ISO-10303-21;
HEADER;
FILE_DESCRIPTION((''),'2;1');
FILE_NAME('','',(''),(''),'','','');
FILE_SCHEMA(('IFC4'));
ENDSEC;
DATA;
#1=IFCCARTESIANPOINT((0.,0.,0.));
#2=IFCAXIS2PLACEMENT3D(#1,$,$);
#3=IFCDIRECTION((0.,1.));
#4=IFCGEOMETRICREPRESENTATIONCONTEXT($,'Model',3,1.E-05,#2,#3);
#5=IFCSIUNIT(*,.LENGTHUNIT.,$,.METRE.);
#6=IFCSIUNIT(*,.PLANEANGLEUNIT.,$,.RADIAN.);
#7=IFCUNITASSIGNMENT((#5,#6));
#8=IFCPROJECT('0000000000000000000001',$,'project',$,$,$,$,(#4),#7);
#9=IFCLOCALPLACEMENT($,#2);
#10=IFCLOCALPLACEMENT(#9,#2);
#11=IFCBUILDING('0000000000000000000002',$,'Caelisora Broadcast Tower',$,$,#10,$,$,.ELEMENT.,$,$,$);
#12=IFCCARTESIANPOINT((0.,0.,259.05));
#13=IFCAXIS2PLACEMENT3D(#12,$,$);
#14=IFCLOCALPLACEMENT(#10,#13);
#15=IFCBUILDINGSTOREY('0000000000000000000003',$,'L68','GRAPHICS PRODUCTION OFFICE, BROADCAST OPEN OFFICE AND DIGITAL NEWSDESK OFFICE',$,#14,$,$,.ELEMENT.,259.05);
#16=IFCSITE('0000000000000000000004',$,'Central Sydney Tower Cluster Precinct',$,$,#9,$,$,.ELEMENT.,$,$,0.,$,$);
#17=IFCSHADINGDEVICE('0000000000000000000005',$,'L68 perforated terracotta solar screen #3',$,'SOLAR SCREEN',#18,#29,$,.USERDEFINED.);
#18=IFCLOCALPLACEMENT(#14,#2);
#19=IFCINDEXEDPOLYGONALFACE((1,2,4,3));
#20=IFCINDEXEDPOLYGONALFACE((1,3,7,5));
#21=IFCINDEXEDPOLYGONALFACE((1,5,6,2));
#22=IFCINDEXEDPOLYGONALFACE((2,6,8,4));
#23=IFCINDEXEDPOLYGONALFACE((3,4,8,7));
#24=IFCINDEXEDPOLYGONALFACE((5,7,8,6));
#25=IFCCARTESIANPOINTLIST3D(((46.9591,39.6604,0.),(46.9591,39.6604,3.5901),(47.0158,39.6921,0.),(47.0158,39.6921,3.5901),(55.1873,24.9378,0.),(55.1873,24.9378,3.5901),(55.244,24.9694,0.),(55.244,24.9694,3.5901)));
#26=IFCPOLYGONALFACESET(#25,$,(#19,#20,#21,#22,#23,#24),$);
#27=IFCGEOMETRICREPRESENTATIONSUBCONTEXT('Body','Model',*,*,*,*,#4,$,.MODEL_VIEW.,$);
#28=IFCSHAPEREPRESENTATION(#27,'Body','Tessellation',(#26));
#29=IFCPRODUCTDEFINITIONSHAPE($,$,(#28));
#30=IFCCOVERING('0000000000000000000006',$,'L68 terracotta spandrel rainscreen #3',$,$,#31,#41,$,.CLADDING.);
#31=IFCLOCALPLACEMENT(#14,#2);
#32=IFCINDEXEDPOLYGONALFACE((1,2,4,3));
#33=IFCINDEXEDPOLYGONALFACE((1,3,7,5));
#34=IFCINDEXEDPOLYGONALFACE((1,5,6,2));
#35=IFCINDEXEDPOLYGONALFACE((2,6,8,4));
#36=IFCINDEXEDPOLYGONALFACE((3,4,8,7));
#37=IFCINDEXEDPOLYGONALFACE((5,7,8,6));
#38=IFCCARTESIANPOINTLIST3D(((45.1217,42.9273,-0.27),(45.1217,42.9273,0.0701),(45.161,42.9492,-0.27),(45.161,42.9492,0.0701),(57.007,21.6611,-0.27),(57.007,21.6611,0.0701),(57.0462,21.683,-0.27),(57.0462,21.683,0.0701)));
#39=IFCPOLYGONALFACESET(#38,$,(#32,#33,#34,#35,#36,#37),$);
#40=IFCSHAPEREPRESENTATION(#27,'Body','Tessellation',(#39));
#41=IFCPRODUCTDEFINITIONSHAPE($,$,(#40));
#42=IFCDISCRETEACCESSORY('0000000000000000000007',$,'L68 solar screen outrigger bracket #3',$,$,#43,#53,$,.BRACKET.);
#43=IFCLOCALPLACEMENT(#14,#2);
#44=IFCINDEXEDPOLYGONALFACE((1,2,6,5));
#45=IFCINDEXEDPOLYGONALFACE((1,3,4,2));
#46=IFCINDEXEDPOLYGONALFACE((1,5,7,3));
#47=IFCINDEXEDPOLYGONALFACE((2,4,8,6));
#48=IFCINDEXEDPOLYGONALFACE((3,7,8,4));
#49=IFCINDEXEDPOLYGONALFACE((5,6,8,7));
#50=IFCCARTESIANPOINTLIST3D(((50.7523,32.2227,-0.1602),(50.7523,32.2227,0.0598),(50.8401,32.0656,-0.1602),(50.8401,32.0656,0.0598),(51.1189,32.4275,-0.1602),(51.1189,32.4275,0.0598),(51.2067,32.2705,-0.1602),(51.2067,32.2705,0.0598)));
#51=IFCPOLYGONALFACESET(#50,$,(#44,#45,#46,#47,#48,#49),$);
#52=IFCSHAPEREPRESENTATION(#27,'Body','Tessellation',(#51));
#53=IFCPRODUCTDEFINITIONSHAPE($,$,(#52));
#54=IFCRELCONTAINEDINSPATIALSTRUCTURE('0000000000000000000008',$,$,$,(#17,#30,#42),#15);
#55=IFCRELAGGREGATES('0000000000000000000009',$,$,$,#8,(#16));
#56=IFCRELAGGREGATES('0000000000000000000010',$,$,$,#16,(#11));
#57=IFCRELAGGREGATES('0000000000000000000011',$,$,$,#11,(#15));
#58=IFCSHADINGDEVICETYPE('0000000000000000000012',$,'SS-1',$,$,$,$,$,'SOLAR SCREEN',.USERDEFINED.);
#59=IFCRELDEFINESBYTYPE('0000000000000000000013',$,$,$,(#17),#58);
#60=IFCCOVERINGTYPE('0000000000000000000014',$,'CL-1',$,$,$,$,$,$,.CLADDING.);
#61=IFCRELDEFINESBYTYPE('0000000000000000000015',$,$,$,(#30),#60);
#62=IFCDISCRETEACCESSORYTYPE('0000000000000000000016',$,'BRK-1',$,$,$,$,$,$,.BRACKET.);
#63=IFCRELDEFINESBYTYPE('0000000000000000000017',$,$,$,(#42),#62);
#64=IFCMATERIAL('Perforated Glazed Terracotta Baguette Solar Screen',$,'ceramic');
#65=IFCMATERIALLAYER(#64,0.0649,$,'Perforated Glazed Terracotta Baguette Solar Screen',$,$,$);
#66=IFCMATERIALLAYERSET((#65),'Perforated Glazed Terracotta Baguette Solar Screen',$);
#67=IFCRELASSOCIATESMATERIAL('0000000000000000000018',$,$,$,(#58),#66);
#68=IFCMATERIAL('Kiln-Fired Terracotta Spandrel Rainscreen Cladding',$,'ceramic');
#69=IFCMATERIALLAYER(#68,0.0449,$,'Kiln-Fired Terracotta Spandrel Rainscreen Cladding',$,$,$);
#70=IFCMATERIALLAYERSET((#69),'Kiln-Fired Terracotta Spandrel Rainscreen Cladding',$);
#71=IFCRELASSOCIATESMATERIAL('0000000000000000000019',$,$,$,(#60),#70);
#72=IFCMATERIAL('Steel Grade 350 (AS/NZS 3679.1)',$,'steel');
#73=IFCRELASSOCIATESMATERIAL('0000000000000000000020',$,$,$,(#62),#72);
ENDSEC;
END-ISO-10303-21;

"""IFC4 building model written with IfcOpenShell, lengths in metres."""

from ifc_helpers import new_model, si_unit, direction, frame, origin, origin_2d, place, context, subcontext, project, spatial, rectangle, extrude, source, transform, mapped, material, layer, layer_set, type_object, type_shapes, element, save


model = new_model("IFC4")

# Units and contexts
model_context = context("Model", 3, precision=1e-05, world=origin(), true_north=direction((0.0, 1.0)))
body_context = subcontext(model_context, "Body", "Model", "MODEL_VIEW")
ifc_project = project(units=[si_unit("LENGTHUNIT", "METRE"), si_unit("PLANEANGLEUNIT", "RADIAN")], contexts=[model_context])

# Site, building, storey
site_placement = place(None, origin())
site = spatial("IfcSite", under=ifc_project, at=site_placement, Name="Central Sydney Tower Cluster Precinct", CompositionType="ELEMENT", RefElevation=0.0)
building_placement = place(site_placement, origin())
building = spatial("IfcBuilding", under=site, at=building_placement, Name="Caelisora Broadcast Tower", CompositionType="ELEMENT")
storey_placement = place(building_placement, frame((0.0, 0.0, 259.05)))
storey = spatial("IfcBuildingStorey", under=building, at=storey_placement, Name="L68", Description="GRAPHICS PRODUCTION OFFICE, BROADCAST OPEN OFFICE AND DIGITAL NEWSDESK OFFICE", CompositionType="ELEMENT", Elevation=259.05)

# Shared definitions
ifc_material_1 = material(Name="Steel Grade 350 (AS/NZS 3679.1)", Category="steel")

# Shading device
ifc_material_2 = material(Name="Perforated Glazed Terracotta Baguette Solar Screen", Category="ceramic")
ifc_layer_1 = layer(ifc_material_2, 0.0649, Name="Perforated Glazed Terracotta Baguette Solar Screen")
ifc_layer_set_1 = layer_set([ifc_layer_1], Name="Perforated Glazed Terracotta Baguette Solar Screen")
shading_device_type = type_object("IfcShadingDeviceType", Name="SS-1", ElementType="SOLAR SCREEN", PredefinedType="USERDEFINED", material=ifc_layer_set_1)
shared_shape_1 = source(origin(), body_context, "Body", "SweptSolid", [
    extrude(rectangle(XDim=16.866, YDim=0.0649, at=origin_2d()), origin(), (0.0, 0.0, 1.0), 3.5901),
])
type_shapes(shading_device_type, [shared_shape_1])
shading_device_placement = place(storey_placement, frame((51.1016, 32.3149, 0.0), z_axis=(0.0, 0.0, 1.0), x_axis=(-0.48786, 0.872922, 0.0)))
element("IfcShadingDevice", 1, at=shading_device_placement, inside=storey, type_object=shading_device_type, Name="L68 perforated terracotta solar screen #3", ObjectType="SOLAR SCREEN", PredefinedType="USERDEFINED", context=body_context, shape_type="MappedRepresentation", body=[
    mapped(shared_shape_1, transform((0.0, 0.0, 0.0), scale=1.0)),
])

# Covering
ifc_material_3 = material(Name="Kiln-Fired Terracotta Spandrel Rainscreen Cladding", Category="ceramic")
ifc_layer_2 = layer(ifc_material_3, 0.0449, Name="Kiln-Fired Terracotta Spandrel Rainscreen Cladding")
ifc_layer_set_2 = layer_set([ifc_layer_2], Name="Kiln-Fired Terracotta Spandrel Rainscreen Cladding")
covering_type = type_object("IfcCoveringType", Name="CL-1", PredefinedType="CLADDING", material=ifc_layer_set_2)
shared_shape_2 = source(origin(), body_context, "Body", "SweptSolid", [
    extrude(rectangle(XDim=24.3621, YDim=0.0449, at=origin_2d()), origin(), (0.0, 0.0, 1.0), 0.3401),
])
type_shapes(covering_type, [shared_shape_2])
covering_placement = place(storey_placement, frame((51.084, 32.3052, -0.27), z_axis=(0.0, 0.0, 1.0), x_axis=(-0.48786, 0.872922, 0.0)))
element("IfcCovering", 2, at=covering_placement, inside=storey, type_object=covering_type, Name="L68 terracotta spandrel rainscreen #3", PredefinedType="CLADDING", context=body_context, shape_type="MappedRepresentation", body=[
    mapped(shared_shape_2, transform((0.0, 0.0, 0.0), scale=1.0)),
])

# Discrete accessory
discrete_accessory_type = type_object("IfcDiscreteAccessoryType", Name="BRK-1", PredefinedType="BRACKET", material=ifc_material_1)
shared_shape_3 = source(origin(), body_context, "Body", "SweptSolid", [
    extrude(rectangle(XDim=0.1799, YDim=0.4199, at=origin_2d()), origin(), (0.0, 0.0, 1.0), 0.22),
])
type_shapes(discrete_accessory_type, [shared_shape_3])
discrete_accessory_placement = place(storey_placement, frame((50.9795, 32.2466, -0.1602), z_axis=(0.0, 0.0, 1.0), x_axis=(-0.48786, 0.872922, 0.0)))
element("IfcDiscreteAccessory", 3, at=discrete_accessory_placement, inside=storey, type_object=discrete_accessory_type, Name="L68 solar screen outrigger bracket #3", PredefinedType="BRACKET", context=body_context, shape_type="MappedRepresentation", body=[
    mapped(shared_shape_3, transform((0.0, 0.0, 0.0), scale=1.0)),
])

save(model, "model.ifc")
